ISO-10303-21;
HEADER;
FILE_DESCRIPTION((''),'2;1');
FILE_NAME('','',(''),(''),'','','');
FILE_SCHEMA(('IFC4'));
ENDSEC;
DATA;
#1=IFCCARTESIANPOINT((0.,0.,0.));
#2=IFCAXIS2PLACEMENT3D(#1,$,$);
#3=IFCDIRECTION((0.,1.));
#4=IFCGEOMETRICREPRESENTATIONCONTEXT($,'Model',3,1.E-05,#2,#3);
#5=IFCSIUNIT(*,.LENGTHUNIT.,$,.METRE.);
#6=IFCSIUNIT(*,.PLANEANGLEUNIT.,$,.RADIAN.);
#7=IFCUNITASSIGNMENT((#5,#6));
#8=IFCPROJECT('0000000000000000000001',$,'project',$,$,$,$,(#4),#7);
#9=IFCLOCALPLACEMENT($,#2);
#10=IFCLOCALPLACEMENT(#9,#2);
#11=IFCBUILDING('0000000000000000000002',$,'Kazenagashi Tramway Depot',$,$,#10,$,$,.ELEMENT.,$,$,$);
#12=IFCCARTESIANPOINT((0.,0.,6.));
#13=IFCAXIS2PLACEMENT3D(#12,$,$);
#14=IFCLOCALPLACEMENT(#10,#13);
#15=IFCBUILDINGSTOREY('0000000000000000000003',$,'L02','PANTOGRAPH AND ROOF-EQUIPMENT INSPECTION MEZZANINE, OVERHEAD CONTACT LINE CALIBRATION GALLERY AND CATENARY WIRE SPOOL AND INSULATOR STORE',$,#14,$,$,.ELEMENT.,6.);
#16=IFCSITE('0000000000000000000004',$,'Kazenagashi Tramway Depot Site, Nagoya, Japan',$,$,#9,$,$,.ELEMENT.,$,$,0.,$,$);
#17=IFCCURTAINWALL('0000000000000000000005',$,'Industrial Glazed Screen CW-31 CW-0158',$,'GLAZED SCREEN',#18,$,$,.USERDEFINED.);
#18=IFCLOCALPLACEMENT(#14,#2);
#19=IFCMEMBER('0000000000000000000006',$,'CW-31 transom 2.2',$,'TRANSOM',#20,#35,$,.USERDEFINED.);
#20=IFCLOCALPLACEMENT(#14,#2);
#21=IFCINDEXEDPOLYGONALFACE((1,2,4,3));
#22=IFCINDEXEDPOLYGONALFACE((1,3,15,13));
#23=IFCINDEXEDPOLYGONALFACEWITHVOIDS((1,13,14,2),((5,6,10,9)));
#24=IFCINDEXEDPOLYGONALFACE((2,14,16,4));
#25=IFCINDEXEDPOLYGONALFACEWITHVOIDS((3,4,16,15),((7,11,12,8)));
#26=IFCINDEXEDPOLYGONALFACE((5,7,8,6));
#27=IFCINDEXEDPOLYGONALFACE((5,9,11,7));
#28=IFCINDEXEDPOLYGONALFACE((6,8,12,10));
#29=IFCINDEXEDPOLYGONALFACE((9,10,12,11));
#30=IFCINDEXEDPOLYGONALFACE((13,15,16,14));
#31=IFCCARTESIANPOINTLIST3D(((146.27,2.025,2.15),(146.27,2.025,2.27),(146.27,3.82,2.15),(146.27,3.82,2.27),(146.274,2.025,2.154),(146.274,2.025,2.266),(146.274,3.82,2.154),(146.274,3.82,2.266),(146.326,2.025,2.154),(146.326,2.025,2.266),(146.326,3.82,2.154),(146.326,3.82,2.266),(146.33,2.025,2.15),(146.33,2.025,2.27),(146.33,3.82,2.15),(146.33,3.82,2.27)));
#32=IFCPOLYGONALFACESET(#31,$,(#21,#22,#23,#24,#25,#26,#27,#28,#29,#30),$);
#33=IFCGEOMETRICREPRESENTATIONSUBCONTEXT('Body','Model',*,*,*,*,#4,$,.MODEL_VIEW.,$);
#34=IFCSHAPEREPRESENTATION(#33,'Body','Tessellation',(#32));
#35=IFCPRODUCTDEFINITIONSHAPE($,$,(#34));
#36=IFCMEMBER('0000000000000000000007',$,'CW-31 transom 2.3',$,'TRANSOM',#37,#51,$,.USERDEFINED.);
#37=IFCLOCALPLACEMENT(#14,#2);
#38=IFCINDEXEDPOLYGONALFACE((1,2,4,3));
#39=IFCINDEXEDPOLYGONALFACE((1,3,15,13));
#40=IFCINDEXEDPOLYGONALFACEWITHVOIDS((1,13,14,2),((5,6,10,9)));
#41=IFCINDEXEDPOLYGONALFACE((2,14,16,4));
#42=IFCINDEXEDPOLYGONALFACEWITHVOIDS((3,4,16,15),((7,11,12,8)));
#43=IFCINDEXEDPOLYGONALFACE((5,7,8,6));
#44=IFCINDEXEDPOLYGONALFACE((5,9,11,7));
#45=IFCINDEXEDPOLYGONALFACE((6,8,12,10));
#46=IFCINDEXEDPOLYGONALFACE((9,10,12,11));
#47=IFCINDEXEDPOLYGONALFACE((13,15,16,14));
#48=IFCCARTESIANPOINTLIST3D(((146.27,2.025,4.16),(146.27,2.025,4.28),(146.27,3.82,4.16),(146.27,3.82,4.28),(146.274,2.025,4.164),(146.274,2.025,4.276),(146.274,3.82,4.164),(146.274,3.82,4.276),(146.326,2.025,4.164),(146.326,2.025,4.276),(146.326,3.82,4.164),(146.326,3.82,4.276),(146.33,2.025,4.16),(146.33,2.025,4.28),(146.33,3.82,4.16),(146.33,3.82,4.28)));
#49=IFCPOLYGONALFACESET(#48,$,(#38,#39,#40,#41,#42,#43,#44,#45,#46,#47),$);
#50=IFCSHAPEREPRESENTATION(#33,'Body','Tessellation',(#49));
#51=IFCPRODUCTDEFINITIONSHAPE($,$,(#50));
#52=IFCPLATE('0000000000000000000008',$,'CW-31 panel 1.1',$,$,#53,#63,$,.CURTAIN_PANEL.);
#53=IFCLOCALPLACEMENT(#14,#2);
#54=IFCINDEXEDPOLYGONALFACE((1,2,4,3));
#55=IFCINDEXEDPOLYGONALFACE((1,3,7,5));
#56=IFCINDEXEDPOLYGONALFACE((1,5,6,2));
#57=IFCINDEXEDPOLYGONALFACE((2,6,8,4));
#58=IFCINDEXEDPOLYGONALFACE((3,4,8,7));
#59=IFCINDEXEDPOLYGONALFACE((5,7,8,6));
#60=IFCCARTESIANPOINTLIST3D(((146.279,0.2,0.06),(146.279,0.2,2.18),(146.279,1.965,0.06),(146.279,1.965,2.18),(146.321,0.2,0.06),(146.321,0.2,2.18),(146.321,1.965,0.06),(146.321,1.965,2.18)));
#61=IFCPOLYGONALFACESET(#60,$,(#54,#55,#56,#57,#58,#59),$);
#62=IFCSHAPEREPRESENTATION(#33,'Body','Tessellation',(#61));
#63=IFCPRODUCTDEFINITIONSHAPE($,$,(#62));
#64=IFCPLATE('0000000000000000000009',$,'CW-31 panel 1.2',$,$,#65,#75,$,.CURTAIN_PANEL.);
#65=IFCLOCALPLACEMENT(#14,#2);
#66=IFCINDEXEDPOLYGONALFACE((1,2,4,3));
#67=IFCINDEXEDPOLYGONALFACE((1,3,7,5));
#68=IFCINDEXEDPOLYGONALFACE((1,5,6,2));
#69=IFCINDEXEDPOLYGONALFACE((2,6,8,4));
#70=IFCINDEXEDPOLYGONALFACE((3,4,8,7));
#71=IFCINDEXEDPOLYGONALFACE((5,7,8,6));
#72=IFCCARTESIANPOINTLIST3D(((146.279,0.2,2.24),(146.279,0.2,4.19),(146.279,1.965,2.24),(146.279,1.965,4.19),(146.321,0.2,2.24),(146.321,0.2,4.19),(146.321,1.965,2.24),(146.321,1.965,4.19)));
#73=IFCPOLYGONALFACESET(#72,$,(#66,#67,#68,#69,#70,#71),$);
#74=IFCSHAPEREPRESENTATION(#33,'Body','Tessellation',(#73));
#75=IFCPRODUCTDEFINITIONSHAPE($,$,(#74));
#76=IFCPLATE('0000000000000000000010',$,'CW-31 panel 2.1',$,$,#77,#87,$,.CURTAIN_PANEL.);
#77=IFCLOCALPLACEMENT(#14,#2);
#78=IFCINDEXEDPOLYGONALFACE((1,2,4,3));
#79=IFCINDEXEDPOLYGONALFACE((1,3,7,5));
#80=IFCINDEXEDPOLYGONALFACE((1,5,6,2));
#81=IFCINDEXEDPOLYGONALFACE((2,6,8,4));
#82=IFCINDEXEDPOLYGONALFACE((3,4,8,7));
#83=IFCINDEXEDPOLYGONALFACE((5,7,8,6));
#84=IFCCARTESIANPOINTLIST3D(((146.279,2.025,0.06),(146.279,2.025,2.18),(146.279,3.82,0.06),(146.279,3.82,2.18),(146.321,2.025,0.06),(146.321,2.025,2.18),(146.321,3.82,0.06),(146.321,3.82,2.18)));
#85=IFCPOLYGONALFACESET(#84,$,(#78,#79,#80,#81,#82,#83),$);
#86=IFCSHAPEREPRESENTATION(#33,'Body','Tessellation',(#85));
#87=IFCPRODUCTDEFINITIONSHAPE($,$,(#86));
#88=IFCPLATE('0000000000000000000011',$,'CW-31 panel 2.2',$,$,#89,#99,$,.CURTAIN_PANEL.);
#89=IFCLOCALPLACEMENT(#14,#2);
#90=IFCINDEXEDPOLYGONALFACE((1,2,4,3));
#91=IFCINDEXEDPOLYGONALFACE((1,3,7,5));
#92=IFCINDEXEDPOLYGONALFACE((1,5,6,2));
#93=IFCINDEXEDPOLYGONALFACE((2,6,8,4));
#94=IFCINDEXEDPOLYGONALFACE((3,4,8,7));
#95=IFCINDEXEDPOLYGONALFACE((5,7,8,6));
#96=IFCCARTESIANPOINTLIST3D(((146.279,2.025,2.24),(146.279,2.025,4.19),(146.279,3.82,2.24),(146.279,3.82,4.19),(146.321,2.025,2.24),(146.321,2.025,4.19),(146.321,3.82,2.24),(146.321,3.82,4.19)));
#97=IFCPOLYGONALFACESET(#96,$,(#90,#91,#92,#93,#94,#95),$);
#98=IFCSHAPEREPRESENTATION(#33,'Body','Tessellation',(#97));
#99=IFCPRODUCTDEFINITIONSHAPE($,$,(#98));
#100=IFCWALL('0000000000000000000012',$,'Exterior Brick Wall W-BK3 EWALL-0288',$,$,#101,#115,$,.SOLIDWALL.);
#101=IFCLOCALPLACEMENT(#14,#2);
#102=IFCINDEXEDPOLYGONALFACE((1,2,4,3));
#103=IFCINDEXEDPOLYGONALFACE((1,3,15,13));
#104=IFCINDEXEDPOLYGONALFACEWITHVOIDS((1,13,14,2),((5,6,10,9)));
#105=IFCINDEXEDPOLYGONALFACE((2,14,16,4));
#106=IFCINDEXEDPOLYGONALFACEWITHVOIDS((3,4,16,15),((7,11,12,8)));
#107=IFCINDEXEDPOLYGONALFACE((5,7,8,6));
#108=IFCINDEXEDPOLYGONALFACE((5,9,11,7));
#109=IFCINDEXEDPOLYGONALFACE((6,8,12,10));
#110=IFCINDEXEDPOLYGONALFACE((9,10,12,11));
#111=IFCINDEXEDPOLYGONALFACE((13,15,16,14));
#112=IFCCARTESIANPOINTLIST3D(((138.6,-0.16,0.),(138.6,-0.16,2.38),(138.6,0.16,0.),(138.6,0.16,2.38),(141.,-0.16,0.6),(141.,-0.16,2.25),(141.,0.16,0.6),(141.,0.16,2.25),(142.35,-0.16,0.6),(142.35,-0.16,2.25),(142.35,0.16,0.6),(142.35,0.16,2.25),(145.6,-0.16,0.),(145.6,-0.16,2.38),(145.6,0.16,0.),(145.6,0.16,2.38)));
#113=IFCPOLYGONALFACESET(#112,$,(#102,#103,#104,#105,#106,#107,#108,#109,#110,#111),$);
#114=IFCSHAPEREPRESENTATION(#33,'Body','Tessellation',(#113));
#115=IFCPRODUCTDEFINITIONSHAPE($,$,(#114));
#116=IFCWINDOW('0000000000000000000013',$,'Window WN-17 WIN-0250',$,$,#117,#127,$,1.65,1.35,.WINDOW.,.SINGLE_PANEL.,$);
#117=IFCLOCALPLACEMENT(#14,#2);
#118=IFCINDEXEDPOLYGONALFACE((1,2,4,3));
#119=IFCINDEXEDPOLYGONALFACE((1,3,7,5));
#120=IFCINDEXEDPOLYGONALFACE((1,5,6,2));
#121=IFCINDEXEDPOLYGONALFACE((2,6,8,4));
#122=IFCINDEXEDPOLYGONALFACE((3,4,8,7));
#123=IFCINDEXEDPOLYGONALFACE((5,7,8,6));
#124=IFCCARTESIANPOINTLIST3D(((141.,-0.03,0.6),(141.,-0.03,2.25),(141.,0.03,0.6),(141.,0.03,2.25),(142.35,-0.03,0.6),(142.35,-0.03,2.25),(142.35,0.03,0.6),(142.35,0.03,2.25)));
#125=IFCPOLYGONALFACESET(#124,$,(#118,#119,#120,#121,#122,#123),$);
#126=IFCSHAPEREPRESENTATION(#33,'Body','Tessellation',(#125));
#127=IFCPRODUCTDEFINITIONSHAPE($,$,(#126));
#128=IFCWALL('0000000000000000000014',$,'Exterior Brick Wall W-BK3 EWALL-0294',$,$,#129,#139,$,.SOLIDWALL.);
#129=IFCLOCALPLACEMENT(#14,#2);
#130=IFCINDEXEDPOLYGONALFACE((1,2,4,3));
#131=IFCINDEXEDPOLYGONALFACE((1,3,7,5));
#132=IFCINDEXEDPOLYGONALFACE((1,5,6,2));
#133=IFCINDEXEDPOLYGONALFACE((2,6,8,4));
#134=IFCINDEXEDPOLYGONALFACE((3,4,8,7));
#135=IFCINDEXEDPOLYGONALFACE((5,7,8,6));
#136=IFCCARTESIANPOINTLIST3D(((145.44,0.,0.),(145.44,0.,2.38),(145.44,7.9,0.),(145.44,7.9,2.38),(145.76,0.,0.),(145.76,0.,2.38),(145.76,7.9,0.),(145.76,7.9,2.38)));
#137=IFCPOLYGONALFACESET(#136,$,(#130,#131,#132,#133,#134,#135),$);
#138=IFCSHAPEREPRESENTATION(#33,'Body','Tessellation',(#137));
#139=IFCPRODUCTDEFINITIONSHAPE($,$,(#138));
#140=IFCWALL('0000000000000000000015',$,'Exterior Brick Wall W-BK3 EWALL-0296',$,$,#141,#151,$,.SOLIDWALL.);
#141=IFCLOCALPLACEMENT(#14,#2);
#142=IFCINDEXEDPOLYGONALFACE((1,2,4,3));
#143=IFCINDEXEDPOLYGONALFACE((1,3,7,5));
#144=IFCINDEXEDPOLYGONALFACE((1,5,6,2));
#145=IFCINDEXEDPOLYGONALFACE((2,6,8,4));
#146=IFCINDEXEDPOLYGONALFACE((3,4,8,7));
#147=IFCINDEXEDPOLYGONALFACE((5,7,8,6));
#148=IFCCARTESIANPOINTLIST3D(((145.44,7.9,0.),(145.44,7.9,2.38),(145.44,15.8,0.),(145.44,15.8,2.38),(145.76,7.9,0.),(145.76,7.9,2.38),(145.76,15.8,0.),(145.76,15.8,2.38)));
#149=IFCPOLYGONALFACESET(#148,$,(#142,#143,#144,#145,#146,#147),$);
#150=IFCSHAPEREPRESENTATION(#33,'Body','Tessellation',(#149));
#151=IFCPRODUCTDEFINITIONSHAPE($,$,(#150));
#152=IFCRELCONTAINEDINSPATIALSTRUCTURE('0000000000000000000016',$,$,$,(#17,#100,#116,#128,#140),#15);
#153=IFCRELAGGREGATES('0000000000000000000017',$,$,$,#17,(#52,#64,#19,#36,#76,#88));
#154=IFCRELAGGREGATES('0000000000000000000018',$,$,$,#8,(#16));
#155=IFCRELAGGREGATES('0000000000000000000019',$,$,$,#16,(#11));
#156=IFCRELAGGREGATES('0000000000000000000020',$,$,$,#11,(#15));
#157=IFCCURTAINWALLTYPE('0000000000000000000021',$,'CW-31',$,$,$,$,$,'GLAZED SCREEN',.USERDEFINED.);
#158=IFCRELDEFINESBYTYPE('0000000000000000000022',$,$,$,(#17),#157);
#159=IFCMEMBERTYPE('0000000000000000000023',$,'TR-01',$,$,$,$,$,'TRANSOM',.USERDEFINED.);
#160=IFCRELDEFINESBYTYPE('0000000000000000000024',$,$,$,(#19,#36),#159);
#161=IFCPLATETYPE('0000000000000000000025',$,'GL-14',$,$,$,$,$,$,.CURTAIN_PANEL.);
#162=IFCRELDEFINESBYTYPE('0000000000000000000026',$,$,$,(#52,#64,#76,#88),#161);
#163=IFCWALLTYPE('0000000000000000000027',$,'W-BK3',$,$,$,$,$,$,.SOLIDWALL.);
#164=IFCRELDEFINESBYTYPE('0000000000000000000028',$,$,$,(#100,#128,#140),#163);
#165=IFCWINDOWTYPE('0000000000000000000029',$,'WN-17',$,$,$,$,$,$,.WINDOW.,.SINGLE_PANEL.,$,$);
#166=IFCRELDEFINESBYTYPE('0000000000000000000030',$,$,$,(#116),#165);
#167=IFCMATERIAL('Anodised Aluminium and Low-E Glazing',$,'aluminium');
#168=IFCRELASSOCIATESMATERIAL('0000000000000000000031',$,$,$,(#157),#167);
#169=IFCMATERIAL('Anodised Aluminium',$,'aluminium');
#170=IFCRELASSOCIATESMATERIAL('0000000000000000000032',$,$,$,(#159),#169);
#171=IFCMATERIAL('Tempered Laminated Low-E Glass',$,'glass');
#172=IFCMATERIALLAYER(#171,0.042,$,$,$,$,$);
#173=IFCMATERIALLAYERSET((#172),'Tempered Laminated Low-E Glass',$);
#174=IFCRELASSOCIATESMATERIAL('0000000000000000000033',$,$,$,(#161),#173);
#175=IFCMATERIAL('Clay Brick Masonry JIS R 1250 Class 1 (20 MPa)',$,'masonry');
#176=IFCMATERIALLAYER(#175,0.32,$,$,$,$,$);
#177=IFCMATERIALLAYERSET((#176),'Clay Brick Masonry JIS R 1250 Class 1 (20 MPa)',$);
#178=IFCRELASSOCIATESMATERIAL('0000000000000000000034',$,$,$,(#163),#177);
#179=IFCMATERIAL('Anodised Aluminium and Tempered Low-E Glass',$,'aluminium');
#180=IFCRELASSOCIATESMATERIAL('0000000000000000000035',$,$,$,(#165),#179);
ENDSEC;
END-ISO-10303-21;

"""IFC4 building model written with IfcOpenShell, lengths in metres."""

from ifc_helpers import new_model, si_unit, direction, frame, frame_2d, origin, origin_2d, place, context, subcontext, project, spatial, rectangle, hollow_rectangle, extrude, material, layer, layer_set, material_profile, profile_set, type_object, element, fill, aggregate, save


model = new_model("IFC4")

# Units and contexts
model_context = context("Model", 3, precision=1e-05, world=origin(), true_north=direction((0.0, 1.0)))
body_context = subcontext(model_context, "Body", "Model", "MODEL_VIEW")
ifc_project = project(units=[si_unit("LENGTHUNIT", "METRE"), si_unit("PLANEANGLEUNIT", "RADIAN")], contexts=[model_context])

# Site, building, storey
site_placement = place(None, origin())
site = spatial("IfcSite", under=ifc_project, at=site_placement, Name="Kazenagashi Tramway Depot Site, Nagoya, Japan", CompositionType="ELEMENT", RefElevation=0.0)
building_placement = place(site_placement, origin())
building = spatial("IfcBuilding", under=site, at=building_placement, Name="Kazenagashi Tramway Depot", CompositionType="ELEMENT")
storey_placement = place(building_placement, frame((0.0, 0.0, 6.0)))
storey = spatial("IfcBuildingStorey", under=building, at=storey_placement, Name="L02", Description="PANTOGRAPH AND ROOF-EQUIPMENT INSPECTION MEZZANINE, OVERHEAD CONTACT LINE CALIBRATION GALLERY AND CATENARY WIRE SPOOL AND INSULATOR STORE", CompositionType="ELEMENT", Elevation=6.0)

# Curtain wall
ifc_material_1 = material(Name="Anodised Aluminium and Low-E Glazing", Category="aluminium")
curtain_wall_type = type_object("IfcCurtainWallType", Name="CW-31", ElementType="GLAZED SCREEN", PredefinedType="USERDEFINED", material=ifc_material_1)
curtain_wall_placement = place(storey_placement, origin())
curtain_wall = element("IfcCurtainWall", 1, at=curtain_wall_placement, inside=storey, type_object=curtain_wall_type, Name="Industrial Glazed Screen CW-31 CW-0158", ObjectType="GLAZED SCREEN", PredefinedType="USERDEFINED")
ifc_material_2 = material(Name="Anodised Aluminium", Category="aluminium")

# Members
ifc_material_profile_1 = material_profile(ifc_material_2, hollow_rectangle(XDim=0.06, YDim=0.12, WallThickness=0.004, at=origin_2d()), Name="RHS-120x60x4")
ifc_profile_set_1 = profile_set([ifc_material_profile_1], Name="Anodised Aluminium")
member_type_1 = type_object("IfcMemberType", Name="TR-01", ElementType="TRANSOM", PredefinedType="USERDEFINED", material=ifc_profile_set_1)
member_1_placement = place(storey_placement, frame((146.3, 2.025, 2.21), z_axis=(0.0, 1.0, 0.0), x_axis=(-1.0, 0.0, 0.0)))
member_1 = element("IfcMember", 2, at=member_1_placement, type_object=member_type_1, Name="CW-31 transom 2.2", ObjectType="TRANSOM", PredefinedType="USERDEFINED", context=body_context, shape_type="SweptSolid", body=[
    extrude(hollow_rectangle(XDim=0.06, YDim=0.12, WallThickness=0.004, at=origin_2d()), origin(), (0.0, 0.0, 1.0), 1.795),
])
member_2_placement = place(storey_placement, frame((146.3, 2.025, 4.22), z_axis=(0.0, 1.0, 0.0), x_axis=(-1.0, 0.0, 0.0)))
member_2 = element("IfcMember", 3, at=member_2_placement, type_object=member_type_1, Name="CW-31 transom 2.3", ObjectType="TRANSOM", PredefinedType="USERDEFINED", context=body_context, shape_type="SweptSolid", body=[
    extrude(hollow_rectangle(XDim=0.06, YDim=0.12, WallThickness=0.004, at=origin_2d()), origin(), (0.0, 0.0, 1.0), 1.795),
])

# Plates
ifc_material_3 = material(Name="Tempered Laminated Low-E Glass", Category="glass")
ifc_layer_1 = layer(ifc_material_3, 0.042)
ifc_layer_set_1 = layer_set([ifc_layer_1], Name="Tempered Laminated Low-E Glass")
plate_type = type_object("IfcPlateType", Name="GL-14", PredefinedType="CURTAIN_PANEL", material=ifc_layer_set_1)
plate_1_placement = place(storey_placement, frame((146.3, 1.0825, 0.06), z_axis=(0.0, 0.0, 1.0), x_axis=(0.0, 1.0, 0.0)))
plate_1 = element("IfcPlate", 4, at=plate_1_placement, type_object=plate_type, Name="CW-31 panel 1.1", PredefinedType="CURTAIN_PANEL", context=body_context, shape_type="SweptSolid", body=[
    extrude(rectangle(XDim=1.765, YDim=0.042, at=origin_2d()), origin(), (0.0, 0.0, 1.0), 2.12),
])
plate_2_placement = place(storey_placement, frame((146.3, 1.0825, 2.24), z_axis=(0.0, 0.0, 1.0), x_axis=(0.0, 1.0, 0.0)))
plate_2 = element("IfcPlate", 5, at=plate_2_placement, type_object=plate_type, Name="CW-31 panel 1.2", PredefinedType="CURTAIN_PANEL", context=body_context, shape_type="SweptSolid", body=[
    extrude(rectangle(XDim=1.765, YDim=0.042, at=origin_2d()), origin(), (0.0, 0.0, 1.0), 1.95),
])
plate_3_placement = place(storey_placement, frame((146.3, 2.9225, 0.06), z_axis=(0.0, 0.0, 1.0), x_axis=(0.0, 1.0, 0.0)))
plate_3 = element("IfcPlate", 6, at=plate_3_placement, type_object=plate_type, Name="CW-31 panel 2.1", PredefinedType="CURTAIN_PANEL", context=body_context, shape_type="SweptSolid", body=[
    extrude(rectangle(XDim=1.795, YDim=0.042, at=origin_2d()), origin(), (0.0, 0.0, 1.0), 2.12),
])
plate_4_placement = place(storey_placement, frame((146.3, 2.9225, 2.24), z_axis=(0.0, 0.0, 1.0), x_axis=(0.0, 1.0, 0.0)))
plate_4 = element("IfcPlate", 7, at=plate_4_placement, type_object=plate_type, Name="CW-31 panel 2.2", PredefinedType="CURTAIN_PANEL", context=body_context, shape_type="SweptSolid", body=[
    extrude(rectangle(XDim=1.795, YDim=0.042, at=origin_2d()), origin(), (0.0, 0.0, 1.0), 1.95),
])
aggregate(curtain_wall, [plate_1, plate_2, member_1, member_2, plate_3, plate_4])

# Wall, opening, window
ifc_material_4 = material(Name="Clay Brick Masonry JIS R 1250 Class 1 (20 MPa)", Category="masonry")
ifc_layer_2 = layer(ifc_material_4, 0.32)
ifc_layer_set_2 = layer_set([ifc_layer_2], Name="Clay Brick Masonry JIS R 1250 Class 1 (20 MPa)")
wall_type = type_object("IfcWallType", Name="W-BK3", PredefinedType="SOLIDWALL", material=ifc_layer_set_2)
wall_placement = place(storey_placement, frame((138.6, 0.0, 0.0), z_axis=(0.0, 0.0, 1.0), x_axis=(1.0, 0.0, 0.0)))
wall = element("IfcWall", 8, at=wall_placement, inside=storey, type_object=wall_type, Name="Exterior Brick Wall W-BK3 EWALL-0288", PredefinedType="SOLIDWALL", context=body_context, shape_type="SweptSolid", body=[
    extrude(rectangle(XDim=7.0, YDim=0.32, at=frame_2d((3.5, 0.0))), origin(), (0.0, 0.0, 1.0), 2.38),
])
opening_placement = place(wall_placement, frame((2.4, 0.0, 0.6)))
opening = element("IfcOpeningElement", 9, at=opening_placement, cuts=wall, PredefinedType="OPENING", context=body_context, shape_type="SweptSolid", body=[
    extrude(rectangle(XDim=1.35, YDim=1.65, at=frame_2d((0.675, 0.825))), frame((0.0, 0.17, 0.0), z_axis=(0.0, -1.0, 0.0), x_axis=(1.0, 0.0, 0.0)), (0.0, 0.0, 1.0), 0.34),
])
ifc_material_5 = material(Name="Anodised Aluminium and Tempered Low-E Glass", Category="aluminium")
window_type = type_object("IfcWindowType", Name="WN-17", PartitioningType="SINGLE_PANEL", PredefinedType="WINDOW", material=ifc_material_5)
window_placement = place(opening_placement, origin())
window = element("IfcWindow", 10, at=window_placement, inside=storey, type_object=window_type, Name="Window WN-17 WIN-0250", OverallHeight=1.65, OverallWidth=1.35, PartitioningType="SINGLE_PANEL", PredefinedType="WINDOW", context=body_context, shape_type="SweptSolid", body=[
    extrude(rectangle(XDim=1.35, YDim=1.65, at=frame_2d((0.675, 0.825))), frame((0.0, 0.03, 0.0), z_axis=(0.0, -1.0, 0.0), x_axis=(1.0, 0.0, 0.0)), (0.0, 0.0, 1.0), 0.06),
])
fill(opening, window)

# Walls
for number, where, z_axis, x_axis, name in (
    (11, (145.6, 0.0, 0.0), (0.0, 0.0, 1.0), (0.0, 1.0, 0.0), "Exterior Brick Wall W-BK3 EWALL-0294"),
    (12, (145.6, 7.9, 0.0), (0.0, 0.0, 1.0), (0.0, 1.0, 0.0), "Exterior Brick Wall W-BK3 EWALL-0296"),
):
    element("IfcWall", number, at=place(storey_placement, frame(where, z_axis=z_axis, x_axis=x_axis)), inside=storey, type_object=wall_type, Name=name, PredefinedType="SOLIDWALL", context=body_context, shape_type="SweptSolid", body=[
        extrude(rectangle(XDim=7.9, YDim=0.32, at=frame_2d((3.95, 0.0))), origin(), (0.0, 0.0, 1.0), 2.38),
    ])

save(model, "model.ifc")
